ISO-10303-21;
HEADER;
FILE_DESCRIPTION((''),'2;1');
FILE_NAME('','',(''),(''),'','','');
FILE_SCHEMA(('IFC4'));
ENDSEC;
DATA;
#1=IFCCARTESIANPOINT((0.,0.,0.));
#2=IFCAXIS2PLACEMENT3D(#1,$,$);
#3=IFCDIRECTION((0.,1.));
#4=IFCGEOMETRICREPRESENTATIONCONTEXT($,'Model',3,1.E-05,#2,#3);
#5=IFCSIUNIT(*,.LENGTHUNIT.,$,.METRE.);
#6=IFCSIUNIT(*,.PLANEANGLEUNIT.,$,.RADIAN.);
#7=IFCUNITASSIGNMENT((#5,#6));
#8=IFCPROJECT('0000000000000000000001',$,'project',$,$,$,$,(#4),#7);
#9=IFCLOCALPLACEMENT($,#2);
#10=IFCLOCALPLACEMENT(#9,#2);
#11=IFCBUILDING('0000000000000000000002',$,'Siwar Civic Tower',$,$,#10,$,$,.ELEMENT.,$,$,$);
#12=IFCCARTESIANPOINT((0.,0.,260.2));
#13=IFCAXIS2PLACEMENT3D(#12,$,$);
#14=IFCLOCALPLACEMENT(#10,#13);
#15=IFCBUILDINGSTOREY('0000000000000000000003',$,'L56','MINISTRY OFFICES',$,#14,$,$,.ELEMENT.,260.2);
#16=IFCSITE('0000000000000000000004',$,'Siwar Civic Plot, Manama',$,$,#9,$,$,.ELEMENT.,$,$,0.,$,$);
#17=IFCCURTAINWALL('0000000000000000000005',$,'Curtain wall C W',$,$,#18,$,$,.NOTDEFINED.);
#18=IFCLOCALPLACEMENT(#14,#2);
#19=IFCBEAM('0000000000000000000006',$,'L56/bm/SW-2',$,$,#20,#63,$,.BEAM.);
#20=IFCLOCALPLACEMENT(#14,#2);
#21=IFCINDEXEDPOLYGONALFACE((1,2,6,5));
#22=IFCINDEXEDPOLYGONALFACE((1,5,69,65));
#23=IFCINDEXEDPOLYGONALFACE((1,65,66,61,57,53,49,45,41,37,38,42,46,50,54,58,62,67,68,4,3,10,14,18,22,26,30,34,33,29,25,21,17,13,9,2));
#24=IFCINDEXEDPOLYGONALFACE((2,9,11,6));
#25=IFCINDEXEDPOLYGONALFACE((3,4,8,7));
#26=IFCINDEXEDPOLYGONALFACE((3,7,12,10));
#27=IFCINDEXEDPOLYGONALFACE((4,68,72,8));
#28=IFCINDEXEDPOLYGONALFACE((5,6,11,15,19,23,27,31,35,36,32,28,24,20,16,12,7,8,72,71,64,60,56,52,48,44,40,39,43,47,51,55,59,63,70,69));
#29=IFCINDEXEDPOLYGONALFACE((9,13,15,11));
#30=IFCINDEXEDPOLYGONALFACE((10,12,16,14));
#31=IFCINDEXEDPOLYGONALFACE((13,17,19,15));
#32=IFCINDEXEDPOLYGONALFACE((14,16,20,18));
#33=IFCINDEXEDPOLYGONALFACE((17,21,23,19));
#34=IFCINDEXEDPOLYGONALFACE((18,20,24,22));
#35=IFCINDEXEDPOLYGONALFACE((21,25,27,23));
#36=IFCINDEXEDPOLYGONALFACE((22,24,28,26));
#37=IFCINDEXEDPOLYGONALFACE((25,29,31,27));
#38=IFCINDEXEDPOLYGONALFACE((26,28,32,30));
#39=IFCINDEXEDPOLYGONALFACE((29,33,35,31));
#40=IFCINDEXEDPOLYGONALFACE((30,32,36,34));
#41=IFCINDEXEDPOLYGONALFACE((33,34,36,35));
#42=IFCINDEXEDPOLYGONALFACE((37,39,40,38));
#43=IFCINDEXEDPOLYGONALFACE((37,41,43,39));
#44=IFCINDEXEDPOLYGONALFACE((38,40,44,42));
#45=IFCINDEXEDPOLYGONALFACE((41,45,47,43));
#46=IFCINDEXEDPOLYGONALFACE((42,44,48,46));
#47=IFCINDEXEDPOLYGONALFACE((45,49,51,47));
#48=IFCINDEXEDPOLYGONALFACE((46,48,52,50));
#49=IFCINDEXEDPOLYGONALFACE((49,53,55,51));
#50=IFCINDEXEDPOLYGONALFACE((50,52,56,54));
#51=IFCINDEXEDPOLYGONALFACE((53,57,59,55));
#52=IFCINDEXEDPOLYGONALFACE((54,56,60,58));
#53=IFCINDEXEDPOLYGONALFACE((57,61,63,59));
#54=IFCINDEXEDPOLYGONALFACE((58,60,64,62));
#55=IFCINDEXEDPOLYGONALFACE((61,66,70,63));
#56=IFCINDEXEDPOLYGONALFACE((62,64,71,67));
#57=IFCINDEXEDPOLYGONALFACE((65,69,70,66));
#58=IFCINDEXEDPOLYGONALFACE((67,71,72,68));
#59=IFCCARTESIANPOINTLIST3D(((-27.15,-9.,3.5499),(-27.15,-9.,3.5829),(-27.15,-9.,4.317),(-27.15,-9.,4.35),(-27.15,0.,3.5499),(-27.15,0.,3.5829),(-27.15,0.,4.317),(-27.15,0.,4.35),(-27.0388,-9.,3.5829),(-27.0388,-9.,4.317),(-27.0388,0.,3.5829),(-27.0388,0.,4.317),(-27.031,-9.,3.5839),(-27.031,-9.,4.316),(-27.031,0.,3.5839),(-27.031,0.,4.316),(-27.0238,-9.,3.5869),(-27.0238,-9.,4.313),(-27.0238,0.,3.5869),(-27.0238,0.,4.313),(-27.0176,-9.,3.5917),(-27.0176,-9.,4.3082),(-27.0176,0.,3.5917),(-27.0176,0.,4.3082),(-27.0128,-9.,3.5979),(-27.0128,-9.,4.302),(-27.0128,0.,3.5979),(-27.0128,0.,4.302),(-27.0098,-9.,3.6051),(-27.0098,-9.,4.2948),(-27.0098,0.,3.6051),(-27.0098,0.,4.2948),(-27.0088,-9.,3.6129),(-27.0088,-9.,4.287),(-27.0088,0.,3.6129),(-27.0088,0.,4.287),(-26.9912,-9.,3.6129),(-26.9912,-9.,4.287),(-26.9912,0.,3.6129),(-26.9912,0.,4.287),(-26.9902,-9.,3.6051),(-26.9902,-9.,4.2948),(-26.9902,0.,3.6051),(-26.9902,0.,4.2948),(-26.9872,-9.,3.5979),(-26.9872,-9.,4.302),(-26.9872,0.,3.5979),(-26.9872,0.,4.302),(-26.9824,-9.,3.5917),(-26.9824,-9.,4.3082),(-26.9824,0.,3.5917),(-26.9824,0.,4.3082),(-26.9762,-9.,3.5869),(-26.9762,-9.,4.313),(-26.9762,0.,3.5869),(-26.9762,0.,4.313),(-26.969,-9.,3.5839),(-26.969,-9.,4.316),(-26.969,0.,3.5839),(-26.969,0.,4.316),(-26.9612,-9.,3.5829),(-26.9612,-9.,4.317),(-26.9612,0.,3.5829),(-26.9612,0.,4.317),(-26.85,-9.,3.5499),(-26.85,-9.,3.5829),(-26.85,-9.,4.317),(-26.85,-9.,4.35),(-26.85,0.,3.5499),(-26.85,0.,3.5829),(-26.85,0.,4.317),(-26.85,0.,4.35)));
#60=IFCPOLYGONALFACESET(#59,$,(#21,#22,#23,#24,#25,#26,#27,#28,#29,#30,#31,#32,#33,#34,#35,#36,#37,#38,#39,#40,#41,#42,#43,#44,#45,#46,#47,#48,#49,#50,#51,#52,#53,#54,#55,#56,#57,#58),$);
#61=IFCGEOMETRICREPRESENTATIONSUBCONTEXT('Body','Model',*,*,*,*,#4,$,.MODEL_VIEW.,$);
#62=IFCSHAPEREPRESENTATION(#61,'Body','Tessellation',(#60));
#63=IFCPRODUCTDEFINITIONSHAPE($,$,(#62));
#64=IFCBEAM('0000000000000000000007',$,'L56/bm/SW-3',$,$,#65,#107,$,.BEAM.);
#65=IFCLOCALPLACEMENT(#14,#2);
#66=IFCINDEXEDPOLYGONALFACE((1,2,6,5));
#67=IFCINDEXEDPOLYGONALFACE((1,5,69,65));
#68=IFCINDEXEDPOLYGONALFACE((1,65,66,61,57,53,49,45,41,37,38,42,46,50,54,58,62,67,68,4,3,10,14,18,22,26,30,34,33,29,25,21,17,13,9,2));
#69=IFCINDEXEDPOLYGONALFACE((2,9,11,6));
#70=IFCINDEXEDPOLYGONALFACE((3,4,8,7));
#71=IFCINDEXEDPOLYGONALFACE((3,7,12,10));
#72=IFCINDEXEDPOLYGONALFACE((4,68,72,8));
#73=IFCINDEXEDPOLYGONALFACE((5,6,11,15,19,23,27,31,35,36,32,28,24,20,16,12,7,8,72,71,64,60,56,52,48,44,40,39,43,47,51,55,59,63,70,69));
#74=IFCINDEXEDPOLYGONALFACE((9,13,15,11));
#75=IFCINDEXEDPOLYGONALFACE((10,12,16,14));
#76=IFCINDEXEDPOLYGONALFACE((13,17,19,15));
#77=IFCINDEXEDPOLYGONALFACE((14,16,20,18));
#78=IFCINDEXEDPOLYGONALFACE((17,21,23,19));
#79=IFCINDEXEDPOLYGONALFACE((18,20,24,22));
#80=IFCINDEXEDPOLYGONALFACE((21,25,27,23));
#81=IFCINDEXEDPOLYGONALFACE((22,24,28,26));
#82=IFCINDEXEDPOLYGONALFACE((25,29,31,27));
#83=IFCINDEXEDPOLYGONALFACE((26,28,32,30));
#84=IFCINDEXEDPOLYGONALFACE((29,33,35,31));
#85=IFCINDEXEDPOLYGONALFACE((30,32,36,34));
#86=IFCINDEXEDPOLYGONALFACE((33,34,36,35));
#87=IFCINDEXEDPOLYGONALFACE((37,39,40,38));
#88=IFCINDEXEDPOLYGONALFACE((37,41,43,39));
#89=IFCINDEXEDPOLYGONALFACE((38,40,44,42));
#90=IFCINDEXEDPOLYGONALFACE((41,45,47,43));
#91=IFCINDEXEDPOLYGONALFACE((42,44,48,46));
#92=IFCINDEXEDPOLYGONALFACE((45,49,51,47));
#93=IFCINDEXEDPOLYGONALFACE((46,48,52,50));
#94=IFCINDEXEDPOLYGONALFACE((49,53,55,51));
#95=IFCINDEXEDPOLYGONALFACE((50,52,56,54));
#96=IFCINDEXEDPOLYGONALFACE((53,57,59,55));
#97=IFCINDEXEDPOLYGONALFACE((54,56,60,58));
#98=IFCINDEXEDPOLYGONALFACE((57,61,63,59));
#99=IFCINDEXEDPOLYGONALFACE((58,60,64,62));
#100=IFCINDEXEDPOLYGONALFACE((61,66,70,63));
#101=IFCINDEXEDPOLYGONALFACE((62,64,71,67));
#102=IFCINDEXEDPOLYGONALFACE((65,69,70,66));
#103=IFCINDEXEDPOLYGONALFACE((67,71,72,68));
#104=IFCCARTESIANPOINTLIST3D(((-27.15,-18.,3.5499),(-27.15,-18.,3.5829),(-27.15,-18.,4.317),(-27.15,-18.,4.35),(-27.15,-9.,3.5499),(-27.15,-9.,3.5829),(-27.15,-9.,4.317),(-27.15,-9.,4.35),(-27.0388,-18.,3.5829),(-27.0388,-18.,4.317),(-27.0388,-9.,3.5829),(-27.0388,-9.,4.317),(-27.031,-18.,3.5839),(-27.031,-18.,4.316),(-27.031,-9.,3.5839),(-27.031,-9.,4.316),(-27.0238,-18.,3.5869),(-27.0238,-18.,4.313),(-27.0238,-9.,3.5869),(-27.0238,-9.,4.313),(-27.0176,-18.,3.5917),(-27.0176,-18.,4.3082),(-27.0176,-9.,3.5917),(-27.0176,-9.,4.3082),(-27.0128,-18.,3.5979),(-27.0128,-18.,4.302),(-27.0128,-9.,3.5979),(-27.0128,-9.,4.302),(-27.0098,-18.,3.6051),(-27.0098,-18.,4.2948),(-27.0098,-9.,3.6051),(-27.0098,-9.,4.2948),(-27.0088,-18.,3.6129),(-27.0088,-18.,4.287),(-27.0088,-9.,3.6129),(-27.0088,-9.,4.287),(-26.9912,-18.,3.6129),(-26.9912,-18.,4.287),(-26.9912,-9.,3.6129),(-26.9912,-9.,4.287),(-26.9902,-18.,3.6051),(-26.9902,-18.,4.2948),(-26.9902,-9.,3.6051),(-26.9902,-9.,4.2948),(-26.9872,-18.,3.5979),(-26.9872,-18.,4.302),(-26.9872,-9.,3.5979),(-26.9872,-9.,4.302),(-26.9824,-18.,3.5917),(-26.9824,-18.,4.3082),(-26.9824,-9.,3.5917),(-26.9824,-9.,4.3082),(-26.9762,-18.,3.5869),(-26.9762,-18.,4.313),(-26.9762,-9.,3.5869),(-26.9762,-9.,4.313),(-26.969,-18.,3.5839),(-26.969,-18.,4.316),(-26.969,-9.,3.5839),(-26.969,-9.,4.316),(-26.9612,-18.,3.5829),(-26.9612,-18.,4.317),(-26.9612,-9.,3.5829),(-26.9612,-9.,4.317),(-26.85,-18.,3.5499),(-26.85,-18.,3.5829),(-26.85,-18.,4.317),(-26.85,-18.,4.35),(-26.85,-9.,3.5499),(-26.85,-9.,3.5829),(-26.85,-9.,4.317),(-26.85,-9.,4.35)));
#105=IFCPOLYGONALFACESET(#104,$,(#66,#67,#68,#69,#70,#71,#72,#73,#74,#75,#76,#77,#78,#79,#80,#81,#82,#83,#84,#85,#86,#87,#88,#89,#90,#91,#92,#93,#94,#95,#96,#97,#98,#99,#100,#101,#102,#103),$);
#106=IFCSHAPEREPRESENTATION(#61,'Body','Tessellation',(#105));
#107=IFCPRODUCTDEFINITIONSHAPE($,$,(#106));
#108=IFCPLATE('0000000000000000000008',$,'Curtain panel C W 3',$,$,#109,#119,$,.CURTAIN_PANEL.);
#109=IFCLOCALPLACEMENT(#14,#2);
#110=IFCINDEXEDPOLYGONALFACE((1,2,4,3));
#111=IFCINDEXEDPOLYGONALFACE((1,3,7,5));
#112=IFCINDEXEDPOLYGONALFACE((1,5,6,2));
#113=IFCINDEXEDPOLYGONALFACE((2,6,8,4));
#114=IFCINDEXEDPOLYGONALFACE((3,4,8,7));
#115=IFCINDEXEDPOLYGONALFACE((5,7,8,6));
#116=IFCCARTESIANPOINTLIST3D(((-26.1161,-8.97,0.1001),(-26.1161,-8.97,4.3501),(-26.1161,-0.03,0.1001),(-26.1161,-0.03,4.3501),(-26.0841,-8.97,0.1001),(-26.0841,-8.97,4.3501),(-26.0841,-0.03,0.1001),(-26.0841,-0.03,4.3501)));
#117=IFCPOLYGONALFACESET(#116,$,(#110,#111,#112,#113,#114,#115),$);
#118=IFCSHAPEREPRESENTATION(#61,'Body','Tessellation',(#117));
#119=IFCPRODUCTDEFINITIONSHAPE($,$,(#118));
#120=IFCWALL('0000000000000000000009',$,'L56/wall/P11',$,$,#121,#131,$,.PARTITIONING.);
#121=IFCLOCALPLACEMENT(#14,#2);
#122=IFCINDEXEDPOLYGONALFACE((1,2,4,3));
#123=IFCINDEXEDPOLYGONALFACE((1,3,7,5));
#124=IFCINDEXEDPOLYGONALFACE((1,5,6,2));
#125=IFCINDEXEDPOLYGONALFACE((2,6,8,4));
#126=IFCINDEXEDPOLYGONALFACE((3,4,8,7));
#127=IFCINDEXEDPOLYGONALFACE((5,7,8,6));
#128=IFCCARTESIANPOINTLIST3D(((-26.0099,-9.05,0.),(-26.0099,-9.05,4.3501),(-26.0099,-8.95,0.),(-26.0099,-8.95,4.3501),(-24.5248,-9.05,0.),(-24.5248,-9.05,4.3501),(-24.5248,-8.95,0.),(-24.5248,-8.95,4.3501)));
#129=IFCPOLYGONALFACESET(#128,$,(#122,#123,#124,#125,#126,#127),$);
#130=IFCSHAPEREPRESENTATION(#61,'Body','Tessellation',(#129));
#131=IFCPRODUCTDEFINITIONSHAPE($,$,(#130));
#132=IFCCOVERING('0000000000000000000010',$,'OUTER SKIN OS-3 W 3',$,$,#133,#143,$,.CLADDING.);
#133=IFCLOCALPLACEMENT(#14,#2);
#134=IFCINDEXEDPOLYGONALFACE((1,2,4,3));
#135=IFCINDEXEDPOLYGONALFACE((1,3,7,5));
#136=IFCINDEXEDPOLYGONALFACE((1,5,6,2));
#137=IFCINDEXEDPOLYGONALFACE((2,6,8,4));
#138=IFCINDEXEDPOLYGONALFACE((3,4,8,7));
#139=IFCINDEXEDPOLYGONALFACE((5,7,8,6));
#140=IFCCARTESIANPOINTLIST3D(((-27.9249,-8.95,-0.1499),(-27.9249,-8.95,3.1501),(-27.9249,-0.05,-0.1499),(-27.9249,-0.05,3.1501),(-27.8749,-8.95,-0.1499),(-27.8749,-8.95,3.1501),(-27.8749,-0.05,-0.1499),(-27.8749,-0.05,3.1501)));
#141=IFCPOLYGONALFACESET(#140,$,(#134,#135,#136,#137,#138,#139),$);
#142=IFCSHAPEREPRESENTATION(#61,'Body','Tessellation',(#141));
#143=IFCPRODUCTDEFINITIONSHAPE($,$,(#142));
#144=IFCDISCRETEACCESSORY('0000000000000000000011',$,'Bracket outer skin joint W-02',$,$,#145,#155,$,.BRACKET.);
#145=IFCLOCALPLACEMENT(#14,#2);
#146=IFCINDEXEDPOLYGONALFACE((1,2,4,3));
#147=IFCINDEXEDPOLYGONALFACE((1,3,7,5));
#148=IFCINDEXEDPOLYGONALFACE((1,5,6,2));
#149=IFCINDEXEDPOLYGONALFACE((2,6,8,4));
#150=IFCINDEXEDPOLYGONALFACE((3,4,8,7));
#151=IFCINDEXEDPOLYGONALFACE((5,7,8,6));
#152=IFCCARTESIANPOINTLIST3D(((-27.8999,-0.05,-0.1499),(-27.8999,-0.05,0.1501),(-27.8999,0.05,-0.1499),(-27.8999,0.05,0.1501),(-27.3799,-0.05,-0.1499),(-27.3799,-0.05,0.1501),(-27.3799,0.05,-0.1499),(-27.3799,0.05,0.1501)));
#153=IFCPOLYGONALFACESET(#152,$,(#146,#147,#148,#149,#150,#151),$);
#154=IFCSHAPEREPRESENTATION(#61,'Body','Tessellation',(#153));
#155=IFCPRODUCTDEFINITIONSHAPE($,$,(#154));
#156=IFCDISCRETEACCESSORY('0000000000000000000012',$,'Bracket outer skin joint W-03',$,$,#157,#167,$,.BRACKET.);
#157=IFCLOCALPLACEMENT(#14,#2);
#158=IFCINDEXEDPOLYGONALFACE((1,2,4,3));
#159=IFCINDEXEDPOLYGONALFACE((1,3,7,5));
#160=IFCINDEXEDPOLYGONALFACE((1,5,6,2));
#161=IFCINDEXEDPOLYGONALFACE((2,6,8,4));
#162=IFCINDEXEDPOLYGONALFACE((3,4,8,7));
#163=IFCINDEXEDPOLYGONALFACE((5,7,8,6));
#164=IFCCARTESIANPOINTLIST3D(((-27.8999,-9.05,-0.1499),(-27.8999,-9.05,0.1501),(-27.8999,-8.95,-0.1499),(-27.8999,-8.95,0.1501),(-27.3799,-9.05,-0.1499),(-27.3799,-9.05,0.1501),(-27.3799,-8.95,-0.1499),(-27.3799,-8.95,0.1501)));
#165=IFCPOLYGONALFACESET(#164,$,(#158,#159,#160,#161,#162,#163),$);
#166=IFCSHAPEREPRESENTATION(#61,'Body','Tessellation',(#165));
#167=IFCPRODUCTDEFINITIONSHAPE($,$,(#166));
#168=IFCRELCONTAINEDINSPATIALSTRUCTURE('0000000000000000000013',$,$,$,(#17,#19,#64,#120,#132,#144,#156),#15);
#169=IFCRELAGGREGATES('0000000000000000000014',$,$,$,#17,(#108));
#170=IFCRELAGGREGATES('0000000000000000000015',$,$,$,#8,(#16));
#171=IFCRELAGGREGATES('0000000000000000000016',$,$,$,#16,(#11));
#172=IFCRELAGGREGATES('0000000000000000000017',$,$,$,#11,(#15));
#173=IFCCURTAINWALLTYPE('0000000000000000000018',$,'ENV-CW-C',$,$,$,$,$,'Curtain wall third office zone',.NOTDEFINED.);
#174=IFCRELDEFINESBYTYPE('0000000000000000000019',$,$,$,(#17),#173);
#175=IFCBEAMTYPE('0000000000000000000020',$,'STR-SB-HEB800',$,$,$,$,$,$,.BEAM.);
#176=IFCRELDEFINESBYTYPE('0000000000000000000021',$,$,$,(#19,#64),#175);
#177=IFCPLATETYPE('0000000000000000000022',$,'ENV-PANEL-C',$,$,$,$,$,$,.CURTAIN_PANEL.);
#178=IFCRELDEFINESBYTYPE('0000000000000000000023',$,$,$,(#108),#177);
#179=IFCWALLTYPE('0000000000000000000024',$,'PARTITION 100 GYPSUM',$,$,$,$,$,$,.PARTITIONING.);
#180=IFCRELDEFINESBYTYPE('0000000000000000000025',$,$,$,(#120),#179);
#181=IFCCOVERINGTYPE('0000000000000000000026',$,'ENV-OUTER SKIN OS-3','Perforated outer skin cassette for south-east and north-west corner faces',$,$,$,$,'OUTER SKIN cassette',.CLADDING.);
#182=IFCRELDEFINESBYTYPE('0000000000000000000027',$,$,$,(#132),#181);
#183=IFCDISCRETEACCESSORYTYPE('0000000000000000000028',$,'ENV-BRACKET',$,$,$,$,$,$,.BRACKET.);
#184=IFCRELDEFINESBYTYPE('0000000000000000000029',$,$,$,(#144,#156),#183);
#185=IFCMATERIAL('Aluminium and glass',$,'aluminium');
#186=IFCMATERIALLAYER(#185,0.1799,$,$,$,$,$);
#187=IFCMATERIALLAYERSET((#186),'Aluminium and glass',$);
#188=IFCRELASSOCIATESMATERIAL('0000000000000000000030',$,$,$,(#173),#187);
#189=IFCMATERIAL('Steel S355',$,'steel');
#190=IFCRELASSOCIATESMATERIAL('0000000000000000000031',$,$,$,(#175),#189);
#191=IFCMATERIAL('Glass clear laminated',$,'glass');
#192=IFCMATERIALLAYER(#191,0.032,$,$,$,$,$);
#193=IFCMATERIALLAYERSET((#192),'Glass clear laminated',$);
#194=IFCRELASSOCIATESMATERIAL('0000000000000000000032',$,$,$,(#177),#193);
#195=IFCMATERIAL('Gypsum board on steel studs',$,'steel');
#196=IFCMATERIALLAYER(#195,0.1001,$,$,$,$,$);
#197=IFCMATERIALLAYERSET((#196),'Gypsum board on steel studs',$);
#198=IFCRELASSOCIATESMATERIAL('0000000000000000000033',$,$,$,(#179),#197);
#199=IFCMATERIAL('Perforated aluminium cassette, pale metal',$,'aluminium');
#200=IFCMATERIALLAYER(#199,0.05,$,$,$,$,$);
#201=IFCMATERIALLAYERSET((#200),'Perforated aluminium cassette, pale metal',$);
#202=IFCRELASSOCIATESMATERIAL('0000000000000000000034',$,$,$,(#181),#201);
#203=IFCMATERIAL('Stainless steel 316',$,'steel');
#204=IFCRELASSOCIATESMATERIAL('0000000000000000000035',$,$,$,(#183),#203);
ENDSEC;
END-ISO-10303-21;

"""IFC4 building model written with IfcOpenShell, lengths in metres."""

from ifc_helpers import new_model, si_unit, direction, frame, frame_2d, origin, origin_2d, place, context, subcontext, project, spatial, rectangle, i_section, extrude, material, layer, layer_set, material_profile, profile_set, type_object, element, aggregate, save


model = new_model("IFC4")

# Units and contexts
model_context = context("Model", 3, precision=1e-05, world=origin(), true_north=direction((0.0, 1.0)))
body_context = subcontext(model_context, "Body", "Model", "MODEL_VIEW")
ifc_project = project(units=[si_unit("LENGTHUNIT", "METRE"), si_unit("PLANEANGLEUNIT", "RADIAN")], contexts=[model_context])

# Site, building, storey
site_placement = place(None, origin())
site = spatial("IfcSite", under=ifc_project, at=site_placement, Name="Siwar Civic Plot, Manama", CompositionType="ELEMENT", RefElevation=0.0)
building_placement = place(site_placement, origin())
building = spatial("IfcBuilding", under=site, at=building_placement, Name="Siwar Civic Tower", CompositionType="ELEMENT")
storey_placement = place(building_placement, frame((0.0, 0.0, 260.2)))
storey = spatial("IfcBuildingStorey", under=building, at=storey_placement, Name="L56", Description="MINISTRY OFFICES", CompositionType="ELEMENT", Elevation=260.2)

# Curtain wall
ifc_material_1 = material(Name="Aluminium and glass", Category="aluminium")
ifc_layer_1 = layer(ifc_material_1, 0.1799)
ifc_layer_set_1 = layer_set([ifc_layer_1], Name="Aluminium and glass")
curtain_wall_type = type_object("IfcCurtainWallType", Name="ENV-CW-C", ElementType="Curtain wall third office zone", PredefinedType="NOTDEFINED", material=ifc_layer_set_1)
curtain_wall_placement = place(storey_placement, origin())
curtain_wall = element("IfcCurtainWall", 1, at=curtain_wall_placement, inside=storey, type_object=curtain_wall_type, Name="Curtain wall C W", PredefinedType="NOTDEFINED")

# Beams
ifc_material_2 = material(Name="Steel S355", Category="steel")
ifc_material_profile_1 = material_profile(ifc_material_2, i_section(OverallWidth=0.3, OverallDepth=0.8, WebThickness=0.0176, FlangeThickness=0.033, FilletRadius=0.03, at=origin_2d()), Name="HEB800")
ifc_profile_set_1 = profile_set([ifc_material_profile_1], Name="Steel S355")
beam_type_1 = type_object("IfcBeamType", Name="STR-SB-HEB800", PredefinedType="BEAM", material=ifc_profile_set_1)
for number, where, z_axis, x_axis, name in (
    (2, (-27.0, 0.0, 3.95), (0.0, -1.0, 0.0), (1.0, 0.0, 0.0), "L56/bm/SW-2"),
    (3, (-27.0, -9.0, 3.95), (0.0, -1.0, 0.0), (1.0, 0.0, 0.0), "L56/bm/SW-3"),
):
    element("IfcBeam", number, at=place(storey_placement, frame(where, z_axis=z_axis, x_axis=x_axis)), inside=storey, type_object=beam_type_1, Name=name, PredefinedType="BEAM", context=body_context, shape_type="SweptSolid", body=[
        extrude(i_section(OverallWidth=0.3, OverallDepth=0.8, WebThickness=0.0176, FlangeThickness=0.033, FilletRadius=0.03, at=origin_2d()), origin(), (0.0, 0.0, 1.0), 9.0),
    ])

# Plate
ifc_material_3 = material(Name="Glass clear laminated", Category="glass")
ifc_layer_2 = layer(ifc_material_3, 0.032)
ifc_layer_set_2 = layer_set([ifc_layer_2], Name="Glass clear laminated")
plate_type = type_object("IfcPlateType", Name="ENV-PANEL-C", PredefinedType="CURTAIN_PANEL", material=ifc_layer_set_2)
plate_placement = place(storey_placement, frame((-26.1001, -4.5, 0.1001), z_axis=(0.0, 0.0, 1.0), x_axis=(0.0, -1.0, 0.0)))
plate = element("IfcPlate", 4, at=plate_placement, type_object=plate_type, Name="Curtain panel C W 3", PredefinedType="CURTAIN_PANEL", context=body_context, shape_type="SweptSolid", body=[
    extrude(rectangle(XDim=8.9399, YDim=0.032, at=origin_2d()), origin(), (0.0, 0.0, 1.0), 4.25),
])
aggregate(curtain_wall, [plate])

# Wall
ifc_material_4 = material(Name="Gypsum board on steel studs", Category="steel")
ifc_layer_3 = layer(ifc_material_4, 0.1001)
ifc_layer_set_3 = layer_set([ifc_layer_3], Name="Gypsum board on steel studs")
wall_type = type_object("IfcWallType", Name="PARTITION 100 GYPSUM", PredefinedType="PARTITIONING", material=ifc_layer_set_3)
wall_placement = place(storey_placement, frame((-26.01, -9.0, 0.0), z_axis=(0.0, 0.0, 1.0), x_axis=(1.0, 0.0, 0.0)))
element("IfcWall", 5, at=wall_placement, inside=storey, type_object=wall_type, Name="L56/wall/P11", PredefinedType="PARTITIONING", context=body_context, shape_type="SweptSolid", body=[
    extrude(rectangle(XDim=1.4851, YDim=0.1001, at=frame_2d((0.7427, 0.0))), origin(), (0.0, 0.0, 1.0), 4.3501),
])

# Covering
ifc_material_5 = material(Name="Perforated aluminium cassette, pale metal", Category="aluminium")
ifc_layer_4 = layer(ifc_material_5, 0.05)
ifc_layer_set_4 = layer_set([ifc_layer_4], Name="Perforated aluminium cassette, pale metal")
covering_type = type_object("IfcCoveringType", Name="ENV-OUTER SKIN OS-3", Description="Perforated outer skin cassette for south-east and north-west corner faces", ElementType="OUTER SKIN cassette", PredefinedType="CLADDING", material=ifc_layer_set_4)
covering_placement = place(storey_placement, frame((-27.8999, -4.5, -0.1499), z_axis=(0.0, 0.0, 1.0), x_axis=(0.0, -1.0, 0.0)))
element("IfcCovering", 6, at=covering_placement, inside=storey, type_object=covering_type, Name="OUTER SKIN OS-3 W 3", PredefinedType="CLADDING", context=body_context, shape_type="SweptSolid", body=[
    extrude(rectangle(XDim=8.8999, YDim=0.05, at=origin_2d()), origin(), (0.0, 0.0, 1.0), 3.3),
])

# Discrete accessories
ifc_material_6 = material(Name="Stainless steel 316", Category="steel")
discrete_accessory_type = type_object("IfcDiscreteAccessoryType", Name="ENV-BRACKET", PredefinedType="BRACKET", material=ifc_material_6)
for number, where, z_axis, x_axis, name in (
    (7, (-27.6399, 0.0, -0.1499), (0.0, 0.0, 1.0), (-1.0, 0.0, 0.0), "Bracket outer skin joint W-02"),
    (8, (-27.6399, -9.0, -0.1499), (0.0, 0.0, 1.0), (-1.0, 0.0, 0.0), "Bracket outer skin joint W-03"),
):
    element("IfcDiscreteAccessory", number, at=place(storey_placement, frame(where, z_axis=z_axis, x_axis=x_axis)), inside=storey, type_object=discrete_accessory_type, Name=name, PredefinedType="BRACKET", context=body_context, shape_type="SweptSolid", body=[
        extrude(rectangle(XDim=0.52, YDim=0.1001, at=origin_2d()), origin(), (0.0, 0.0, 1.0), 0.3),
    ])

save(model, "model.ifc")
